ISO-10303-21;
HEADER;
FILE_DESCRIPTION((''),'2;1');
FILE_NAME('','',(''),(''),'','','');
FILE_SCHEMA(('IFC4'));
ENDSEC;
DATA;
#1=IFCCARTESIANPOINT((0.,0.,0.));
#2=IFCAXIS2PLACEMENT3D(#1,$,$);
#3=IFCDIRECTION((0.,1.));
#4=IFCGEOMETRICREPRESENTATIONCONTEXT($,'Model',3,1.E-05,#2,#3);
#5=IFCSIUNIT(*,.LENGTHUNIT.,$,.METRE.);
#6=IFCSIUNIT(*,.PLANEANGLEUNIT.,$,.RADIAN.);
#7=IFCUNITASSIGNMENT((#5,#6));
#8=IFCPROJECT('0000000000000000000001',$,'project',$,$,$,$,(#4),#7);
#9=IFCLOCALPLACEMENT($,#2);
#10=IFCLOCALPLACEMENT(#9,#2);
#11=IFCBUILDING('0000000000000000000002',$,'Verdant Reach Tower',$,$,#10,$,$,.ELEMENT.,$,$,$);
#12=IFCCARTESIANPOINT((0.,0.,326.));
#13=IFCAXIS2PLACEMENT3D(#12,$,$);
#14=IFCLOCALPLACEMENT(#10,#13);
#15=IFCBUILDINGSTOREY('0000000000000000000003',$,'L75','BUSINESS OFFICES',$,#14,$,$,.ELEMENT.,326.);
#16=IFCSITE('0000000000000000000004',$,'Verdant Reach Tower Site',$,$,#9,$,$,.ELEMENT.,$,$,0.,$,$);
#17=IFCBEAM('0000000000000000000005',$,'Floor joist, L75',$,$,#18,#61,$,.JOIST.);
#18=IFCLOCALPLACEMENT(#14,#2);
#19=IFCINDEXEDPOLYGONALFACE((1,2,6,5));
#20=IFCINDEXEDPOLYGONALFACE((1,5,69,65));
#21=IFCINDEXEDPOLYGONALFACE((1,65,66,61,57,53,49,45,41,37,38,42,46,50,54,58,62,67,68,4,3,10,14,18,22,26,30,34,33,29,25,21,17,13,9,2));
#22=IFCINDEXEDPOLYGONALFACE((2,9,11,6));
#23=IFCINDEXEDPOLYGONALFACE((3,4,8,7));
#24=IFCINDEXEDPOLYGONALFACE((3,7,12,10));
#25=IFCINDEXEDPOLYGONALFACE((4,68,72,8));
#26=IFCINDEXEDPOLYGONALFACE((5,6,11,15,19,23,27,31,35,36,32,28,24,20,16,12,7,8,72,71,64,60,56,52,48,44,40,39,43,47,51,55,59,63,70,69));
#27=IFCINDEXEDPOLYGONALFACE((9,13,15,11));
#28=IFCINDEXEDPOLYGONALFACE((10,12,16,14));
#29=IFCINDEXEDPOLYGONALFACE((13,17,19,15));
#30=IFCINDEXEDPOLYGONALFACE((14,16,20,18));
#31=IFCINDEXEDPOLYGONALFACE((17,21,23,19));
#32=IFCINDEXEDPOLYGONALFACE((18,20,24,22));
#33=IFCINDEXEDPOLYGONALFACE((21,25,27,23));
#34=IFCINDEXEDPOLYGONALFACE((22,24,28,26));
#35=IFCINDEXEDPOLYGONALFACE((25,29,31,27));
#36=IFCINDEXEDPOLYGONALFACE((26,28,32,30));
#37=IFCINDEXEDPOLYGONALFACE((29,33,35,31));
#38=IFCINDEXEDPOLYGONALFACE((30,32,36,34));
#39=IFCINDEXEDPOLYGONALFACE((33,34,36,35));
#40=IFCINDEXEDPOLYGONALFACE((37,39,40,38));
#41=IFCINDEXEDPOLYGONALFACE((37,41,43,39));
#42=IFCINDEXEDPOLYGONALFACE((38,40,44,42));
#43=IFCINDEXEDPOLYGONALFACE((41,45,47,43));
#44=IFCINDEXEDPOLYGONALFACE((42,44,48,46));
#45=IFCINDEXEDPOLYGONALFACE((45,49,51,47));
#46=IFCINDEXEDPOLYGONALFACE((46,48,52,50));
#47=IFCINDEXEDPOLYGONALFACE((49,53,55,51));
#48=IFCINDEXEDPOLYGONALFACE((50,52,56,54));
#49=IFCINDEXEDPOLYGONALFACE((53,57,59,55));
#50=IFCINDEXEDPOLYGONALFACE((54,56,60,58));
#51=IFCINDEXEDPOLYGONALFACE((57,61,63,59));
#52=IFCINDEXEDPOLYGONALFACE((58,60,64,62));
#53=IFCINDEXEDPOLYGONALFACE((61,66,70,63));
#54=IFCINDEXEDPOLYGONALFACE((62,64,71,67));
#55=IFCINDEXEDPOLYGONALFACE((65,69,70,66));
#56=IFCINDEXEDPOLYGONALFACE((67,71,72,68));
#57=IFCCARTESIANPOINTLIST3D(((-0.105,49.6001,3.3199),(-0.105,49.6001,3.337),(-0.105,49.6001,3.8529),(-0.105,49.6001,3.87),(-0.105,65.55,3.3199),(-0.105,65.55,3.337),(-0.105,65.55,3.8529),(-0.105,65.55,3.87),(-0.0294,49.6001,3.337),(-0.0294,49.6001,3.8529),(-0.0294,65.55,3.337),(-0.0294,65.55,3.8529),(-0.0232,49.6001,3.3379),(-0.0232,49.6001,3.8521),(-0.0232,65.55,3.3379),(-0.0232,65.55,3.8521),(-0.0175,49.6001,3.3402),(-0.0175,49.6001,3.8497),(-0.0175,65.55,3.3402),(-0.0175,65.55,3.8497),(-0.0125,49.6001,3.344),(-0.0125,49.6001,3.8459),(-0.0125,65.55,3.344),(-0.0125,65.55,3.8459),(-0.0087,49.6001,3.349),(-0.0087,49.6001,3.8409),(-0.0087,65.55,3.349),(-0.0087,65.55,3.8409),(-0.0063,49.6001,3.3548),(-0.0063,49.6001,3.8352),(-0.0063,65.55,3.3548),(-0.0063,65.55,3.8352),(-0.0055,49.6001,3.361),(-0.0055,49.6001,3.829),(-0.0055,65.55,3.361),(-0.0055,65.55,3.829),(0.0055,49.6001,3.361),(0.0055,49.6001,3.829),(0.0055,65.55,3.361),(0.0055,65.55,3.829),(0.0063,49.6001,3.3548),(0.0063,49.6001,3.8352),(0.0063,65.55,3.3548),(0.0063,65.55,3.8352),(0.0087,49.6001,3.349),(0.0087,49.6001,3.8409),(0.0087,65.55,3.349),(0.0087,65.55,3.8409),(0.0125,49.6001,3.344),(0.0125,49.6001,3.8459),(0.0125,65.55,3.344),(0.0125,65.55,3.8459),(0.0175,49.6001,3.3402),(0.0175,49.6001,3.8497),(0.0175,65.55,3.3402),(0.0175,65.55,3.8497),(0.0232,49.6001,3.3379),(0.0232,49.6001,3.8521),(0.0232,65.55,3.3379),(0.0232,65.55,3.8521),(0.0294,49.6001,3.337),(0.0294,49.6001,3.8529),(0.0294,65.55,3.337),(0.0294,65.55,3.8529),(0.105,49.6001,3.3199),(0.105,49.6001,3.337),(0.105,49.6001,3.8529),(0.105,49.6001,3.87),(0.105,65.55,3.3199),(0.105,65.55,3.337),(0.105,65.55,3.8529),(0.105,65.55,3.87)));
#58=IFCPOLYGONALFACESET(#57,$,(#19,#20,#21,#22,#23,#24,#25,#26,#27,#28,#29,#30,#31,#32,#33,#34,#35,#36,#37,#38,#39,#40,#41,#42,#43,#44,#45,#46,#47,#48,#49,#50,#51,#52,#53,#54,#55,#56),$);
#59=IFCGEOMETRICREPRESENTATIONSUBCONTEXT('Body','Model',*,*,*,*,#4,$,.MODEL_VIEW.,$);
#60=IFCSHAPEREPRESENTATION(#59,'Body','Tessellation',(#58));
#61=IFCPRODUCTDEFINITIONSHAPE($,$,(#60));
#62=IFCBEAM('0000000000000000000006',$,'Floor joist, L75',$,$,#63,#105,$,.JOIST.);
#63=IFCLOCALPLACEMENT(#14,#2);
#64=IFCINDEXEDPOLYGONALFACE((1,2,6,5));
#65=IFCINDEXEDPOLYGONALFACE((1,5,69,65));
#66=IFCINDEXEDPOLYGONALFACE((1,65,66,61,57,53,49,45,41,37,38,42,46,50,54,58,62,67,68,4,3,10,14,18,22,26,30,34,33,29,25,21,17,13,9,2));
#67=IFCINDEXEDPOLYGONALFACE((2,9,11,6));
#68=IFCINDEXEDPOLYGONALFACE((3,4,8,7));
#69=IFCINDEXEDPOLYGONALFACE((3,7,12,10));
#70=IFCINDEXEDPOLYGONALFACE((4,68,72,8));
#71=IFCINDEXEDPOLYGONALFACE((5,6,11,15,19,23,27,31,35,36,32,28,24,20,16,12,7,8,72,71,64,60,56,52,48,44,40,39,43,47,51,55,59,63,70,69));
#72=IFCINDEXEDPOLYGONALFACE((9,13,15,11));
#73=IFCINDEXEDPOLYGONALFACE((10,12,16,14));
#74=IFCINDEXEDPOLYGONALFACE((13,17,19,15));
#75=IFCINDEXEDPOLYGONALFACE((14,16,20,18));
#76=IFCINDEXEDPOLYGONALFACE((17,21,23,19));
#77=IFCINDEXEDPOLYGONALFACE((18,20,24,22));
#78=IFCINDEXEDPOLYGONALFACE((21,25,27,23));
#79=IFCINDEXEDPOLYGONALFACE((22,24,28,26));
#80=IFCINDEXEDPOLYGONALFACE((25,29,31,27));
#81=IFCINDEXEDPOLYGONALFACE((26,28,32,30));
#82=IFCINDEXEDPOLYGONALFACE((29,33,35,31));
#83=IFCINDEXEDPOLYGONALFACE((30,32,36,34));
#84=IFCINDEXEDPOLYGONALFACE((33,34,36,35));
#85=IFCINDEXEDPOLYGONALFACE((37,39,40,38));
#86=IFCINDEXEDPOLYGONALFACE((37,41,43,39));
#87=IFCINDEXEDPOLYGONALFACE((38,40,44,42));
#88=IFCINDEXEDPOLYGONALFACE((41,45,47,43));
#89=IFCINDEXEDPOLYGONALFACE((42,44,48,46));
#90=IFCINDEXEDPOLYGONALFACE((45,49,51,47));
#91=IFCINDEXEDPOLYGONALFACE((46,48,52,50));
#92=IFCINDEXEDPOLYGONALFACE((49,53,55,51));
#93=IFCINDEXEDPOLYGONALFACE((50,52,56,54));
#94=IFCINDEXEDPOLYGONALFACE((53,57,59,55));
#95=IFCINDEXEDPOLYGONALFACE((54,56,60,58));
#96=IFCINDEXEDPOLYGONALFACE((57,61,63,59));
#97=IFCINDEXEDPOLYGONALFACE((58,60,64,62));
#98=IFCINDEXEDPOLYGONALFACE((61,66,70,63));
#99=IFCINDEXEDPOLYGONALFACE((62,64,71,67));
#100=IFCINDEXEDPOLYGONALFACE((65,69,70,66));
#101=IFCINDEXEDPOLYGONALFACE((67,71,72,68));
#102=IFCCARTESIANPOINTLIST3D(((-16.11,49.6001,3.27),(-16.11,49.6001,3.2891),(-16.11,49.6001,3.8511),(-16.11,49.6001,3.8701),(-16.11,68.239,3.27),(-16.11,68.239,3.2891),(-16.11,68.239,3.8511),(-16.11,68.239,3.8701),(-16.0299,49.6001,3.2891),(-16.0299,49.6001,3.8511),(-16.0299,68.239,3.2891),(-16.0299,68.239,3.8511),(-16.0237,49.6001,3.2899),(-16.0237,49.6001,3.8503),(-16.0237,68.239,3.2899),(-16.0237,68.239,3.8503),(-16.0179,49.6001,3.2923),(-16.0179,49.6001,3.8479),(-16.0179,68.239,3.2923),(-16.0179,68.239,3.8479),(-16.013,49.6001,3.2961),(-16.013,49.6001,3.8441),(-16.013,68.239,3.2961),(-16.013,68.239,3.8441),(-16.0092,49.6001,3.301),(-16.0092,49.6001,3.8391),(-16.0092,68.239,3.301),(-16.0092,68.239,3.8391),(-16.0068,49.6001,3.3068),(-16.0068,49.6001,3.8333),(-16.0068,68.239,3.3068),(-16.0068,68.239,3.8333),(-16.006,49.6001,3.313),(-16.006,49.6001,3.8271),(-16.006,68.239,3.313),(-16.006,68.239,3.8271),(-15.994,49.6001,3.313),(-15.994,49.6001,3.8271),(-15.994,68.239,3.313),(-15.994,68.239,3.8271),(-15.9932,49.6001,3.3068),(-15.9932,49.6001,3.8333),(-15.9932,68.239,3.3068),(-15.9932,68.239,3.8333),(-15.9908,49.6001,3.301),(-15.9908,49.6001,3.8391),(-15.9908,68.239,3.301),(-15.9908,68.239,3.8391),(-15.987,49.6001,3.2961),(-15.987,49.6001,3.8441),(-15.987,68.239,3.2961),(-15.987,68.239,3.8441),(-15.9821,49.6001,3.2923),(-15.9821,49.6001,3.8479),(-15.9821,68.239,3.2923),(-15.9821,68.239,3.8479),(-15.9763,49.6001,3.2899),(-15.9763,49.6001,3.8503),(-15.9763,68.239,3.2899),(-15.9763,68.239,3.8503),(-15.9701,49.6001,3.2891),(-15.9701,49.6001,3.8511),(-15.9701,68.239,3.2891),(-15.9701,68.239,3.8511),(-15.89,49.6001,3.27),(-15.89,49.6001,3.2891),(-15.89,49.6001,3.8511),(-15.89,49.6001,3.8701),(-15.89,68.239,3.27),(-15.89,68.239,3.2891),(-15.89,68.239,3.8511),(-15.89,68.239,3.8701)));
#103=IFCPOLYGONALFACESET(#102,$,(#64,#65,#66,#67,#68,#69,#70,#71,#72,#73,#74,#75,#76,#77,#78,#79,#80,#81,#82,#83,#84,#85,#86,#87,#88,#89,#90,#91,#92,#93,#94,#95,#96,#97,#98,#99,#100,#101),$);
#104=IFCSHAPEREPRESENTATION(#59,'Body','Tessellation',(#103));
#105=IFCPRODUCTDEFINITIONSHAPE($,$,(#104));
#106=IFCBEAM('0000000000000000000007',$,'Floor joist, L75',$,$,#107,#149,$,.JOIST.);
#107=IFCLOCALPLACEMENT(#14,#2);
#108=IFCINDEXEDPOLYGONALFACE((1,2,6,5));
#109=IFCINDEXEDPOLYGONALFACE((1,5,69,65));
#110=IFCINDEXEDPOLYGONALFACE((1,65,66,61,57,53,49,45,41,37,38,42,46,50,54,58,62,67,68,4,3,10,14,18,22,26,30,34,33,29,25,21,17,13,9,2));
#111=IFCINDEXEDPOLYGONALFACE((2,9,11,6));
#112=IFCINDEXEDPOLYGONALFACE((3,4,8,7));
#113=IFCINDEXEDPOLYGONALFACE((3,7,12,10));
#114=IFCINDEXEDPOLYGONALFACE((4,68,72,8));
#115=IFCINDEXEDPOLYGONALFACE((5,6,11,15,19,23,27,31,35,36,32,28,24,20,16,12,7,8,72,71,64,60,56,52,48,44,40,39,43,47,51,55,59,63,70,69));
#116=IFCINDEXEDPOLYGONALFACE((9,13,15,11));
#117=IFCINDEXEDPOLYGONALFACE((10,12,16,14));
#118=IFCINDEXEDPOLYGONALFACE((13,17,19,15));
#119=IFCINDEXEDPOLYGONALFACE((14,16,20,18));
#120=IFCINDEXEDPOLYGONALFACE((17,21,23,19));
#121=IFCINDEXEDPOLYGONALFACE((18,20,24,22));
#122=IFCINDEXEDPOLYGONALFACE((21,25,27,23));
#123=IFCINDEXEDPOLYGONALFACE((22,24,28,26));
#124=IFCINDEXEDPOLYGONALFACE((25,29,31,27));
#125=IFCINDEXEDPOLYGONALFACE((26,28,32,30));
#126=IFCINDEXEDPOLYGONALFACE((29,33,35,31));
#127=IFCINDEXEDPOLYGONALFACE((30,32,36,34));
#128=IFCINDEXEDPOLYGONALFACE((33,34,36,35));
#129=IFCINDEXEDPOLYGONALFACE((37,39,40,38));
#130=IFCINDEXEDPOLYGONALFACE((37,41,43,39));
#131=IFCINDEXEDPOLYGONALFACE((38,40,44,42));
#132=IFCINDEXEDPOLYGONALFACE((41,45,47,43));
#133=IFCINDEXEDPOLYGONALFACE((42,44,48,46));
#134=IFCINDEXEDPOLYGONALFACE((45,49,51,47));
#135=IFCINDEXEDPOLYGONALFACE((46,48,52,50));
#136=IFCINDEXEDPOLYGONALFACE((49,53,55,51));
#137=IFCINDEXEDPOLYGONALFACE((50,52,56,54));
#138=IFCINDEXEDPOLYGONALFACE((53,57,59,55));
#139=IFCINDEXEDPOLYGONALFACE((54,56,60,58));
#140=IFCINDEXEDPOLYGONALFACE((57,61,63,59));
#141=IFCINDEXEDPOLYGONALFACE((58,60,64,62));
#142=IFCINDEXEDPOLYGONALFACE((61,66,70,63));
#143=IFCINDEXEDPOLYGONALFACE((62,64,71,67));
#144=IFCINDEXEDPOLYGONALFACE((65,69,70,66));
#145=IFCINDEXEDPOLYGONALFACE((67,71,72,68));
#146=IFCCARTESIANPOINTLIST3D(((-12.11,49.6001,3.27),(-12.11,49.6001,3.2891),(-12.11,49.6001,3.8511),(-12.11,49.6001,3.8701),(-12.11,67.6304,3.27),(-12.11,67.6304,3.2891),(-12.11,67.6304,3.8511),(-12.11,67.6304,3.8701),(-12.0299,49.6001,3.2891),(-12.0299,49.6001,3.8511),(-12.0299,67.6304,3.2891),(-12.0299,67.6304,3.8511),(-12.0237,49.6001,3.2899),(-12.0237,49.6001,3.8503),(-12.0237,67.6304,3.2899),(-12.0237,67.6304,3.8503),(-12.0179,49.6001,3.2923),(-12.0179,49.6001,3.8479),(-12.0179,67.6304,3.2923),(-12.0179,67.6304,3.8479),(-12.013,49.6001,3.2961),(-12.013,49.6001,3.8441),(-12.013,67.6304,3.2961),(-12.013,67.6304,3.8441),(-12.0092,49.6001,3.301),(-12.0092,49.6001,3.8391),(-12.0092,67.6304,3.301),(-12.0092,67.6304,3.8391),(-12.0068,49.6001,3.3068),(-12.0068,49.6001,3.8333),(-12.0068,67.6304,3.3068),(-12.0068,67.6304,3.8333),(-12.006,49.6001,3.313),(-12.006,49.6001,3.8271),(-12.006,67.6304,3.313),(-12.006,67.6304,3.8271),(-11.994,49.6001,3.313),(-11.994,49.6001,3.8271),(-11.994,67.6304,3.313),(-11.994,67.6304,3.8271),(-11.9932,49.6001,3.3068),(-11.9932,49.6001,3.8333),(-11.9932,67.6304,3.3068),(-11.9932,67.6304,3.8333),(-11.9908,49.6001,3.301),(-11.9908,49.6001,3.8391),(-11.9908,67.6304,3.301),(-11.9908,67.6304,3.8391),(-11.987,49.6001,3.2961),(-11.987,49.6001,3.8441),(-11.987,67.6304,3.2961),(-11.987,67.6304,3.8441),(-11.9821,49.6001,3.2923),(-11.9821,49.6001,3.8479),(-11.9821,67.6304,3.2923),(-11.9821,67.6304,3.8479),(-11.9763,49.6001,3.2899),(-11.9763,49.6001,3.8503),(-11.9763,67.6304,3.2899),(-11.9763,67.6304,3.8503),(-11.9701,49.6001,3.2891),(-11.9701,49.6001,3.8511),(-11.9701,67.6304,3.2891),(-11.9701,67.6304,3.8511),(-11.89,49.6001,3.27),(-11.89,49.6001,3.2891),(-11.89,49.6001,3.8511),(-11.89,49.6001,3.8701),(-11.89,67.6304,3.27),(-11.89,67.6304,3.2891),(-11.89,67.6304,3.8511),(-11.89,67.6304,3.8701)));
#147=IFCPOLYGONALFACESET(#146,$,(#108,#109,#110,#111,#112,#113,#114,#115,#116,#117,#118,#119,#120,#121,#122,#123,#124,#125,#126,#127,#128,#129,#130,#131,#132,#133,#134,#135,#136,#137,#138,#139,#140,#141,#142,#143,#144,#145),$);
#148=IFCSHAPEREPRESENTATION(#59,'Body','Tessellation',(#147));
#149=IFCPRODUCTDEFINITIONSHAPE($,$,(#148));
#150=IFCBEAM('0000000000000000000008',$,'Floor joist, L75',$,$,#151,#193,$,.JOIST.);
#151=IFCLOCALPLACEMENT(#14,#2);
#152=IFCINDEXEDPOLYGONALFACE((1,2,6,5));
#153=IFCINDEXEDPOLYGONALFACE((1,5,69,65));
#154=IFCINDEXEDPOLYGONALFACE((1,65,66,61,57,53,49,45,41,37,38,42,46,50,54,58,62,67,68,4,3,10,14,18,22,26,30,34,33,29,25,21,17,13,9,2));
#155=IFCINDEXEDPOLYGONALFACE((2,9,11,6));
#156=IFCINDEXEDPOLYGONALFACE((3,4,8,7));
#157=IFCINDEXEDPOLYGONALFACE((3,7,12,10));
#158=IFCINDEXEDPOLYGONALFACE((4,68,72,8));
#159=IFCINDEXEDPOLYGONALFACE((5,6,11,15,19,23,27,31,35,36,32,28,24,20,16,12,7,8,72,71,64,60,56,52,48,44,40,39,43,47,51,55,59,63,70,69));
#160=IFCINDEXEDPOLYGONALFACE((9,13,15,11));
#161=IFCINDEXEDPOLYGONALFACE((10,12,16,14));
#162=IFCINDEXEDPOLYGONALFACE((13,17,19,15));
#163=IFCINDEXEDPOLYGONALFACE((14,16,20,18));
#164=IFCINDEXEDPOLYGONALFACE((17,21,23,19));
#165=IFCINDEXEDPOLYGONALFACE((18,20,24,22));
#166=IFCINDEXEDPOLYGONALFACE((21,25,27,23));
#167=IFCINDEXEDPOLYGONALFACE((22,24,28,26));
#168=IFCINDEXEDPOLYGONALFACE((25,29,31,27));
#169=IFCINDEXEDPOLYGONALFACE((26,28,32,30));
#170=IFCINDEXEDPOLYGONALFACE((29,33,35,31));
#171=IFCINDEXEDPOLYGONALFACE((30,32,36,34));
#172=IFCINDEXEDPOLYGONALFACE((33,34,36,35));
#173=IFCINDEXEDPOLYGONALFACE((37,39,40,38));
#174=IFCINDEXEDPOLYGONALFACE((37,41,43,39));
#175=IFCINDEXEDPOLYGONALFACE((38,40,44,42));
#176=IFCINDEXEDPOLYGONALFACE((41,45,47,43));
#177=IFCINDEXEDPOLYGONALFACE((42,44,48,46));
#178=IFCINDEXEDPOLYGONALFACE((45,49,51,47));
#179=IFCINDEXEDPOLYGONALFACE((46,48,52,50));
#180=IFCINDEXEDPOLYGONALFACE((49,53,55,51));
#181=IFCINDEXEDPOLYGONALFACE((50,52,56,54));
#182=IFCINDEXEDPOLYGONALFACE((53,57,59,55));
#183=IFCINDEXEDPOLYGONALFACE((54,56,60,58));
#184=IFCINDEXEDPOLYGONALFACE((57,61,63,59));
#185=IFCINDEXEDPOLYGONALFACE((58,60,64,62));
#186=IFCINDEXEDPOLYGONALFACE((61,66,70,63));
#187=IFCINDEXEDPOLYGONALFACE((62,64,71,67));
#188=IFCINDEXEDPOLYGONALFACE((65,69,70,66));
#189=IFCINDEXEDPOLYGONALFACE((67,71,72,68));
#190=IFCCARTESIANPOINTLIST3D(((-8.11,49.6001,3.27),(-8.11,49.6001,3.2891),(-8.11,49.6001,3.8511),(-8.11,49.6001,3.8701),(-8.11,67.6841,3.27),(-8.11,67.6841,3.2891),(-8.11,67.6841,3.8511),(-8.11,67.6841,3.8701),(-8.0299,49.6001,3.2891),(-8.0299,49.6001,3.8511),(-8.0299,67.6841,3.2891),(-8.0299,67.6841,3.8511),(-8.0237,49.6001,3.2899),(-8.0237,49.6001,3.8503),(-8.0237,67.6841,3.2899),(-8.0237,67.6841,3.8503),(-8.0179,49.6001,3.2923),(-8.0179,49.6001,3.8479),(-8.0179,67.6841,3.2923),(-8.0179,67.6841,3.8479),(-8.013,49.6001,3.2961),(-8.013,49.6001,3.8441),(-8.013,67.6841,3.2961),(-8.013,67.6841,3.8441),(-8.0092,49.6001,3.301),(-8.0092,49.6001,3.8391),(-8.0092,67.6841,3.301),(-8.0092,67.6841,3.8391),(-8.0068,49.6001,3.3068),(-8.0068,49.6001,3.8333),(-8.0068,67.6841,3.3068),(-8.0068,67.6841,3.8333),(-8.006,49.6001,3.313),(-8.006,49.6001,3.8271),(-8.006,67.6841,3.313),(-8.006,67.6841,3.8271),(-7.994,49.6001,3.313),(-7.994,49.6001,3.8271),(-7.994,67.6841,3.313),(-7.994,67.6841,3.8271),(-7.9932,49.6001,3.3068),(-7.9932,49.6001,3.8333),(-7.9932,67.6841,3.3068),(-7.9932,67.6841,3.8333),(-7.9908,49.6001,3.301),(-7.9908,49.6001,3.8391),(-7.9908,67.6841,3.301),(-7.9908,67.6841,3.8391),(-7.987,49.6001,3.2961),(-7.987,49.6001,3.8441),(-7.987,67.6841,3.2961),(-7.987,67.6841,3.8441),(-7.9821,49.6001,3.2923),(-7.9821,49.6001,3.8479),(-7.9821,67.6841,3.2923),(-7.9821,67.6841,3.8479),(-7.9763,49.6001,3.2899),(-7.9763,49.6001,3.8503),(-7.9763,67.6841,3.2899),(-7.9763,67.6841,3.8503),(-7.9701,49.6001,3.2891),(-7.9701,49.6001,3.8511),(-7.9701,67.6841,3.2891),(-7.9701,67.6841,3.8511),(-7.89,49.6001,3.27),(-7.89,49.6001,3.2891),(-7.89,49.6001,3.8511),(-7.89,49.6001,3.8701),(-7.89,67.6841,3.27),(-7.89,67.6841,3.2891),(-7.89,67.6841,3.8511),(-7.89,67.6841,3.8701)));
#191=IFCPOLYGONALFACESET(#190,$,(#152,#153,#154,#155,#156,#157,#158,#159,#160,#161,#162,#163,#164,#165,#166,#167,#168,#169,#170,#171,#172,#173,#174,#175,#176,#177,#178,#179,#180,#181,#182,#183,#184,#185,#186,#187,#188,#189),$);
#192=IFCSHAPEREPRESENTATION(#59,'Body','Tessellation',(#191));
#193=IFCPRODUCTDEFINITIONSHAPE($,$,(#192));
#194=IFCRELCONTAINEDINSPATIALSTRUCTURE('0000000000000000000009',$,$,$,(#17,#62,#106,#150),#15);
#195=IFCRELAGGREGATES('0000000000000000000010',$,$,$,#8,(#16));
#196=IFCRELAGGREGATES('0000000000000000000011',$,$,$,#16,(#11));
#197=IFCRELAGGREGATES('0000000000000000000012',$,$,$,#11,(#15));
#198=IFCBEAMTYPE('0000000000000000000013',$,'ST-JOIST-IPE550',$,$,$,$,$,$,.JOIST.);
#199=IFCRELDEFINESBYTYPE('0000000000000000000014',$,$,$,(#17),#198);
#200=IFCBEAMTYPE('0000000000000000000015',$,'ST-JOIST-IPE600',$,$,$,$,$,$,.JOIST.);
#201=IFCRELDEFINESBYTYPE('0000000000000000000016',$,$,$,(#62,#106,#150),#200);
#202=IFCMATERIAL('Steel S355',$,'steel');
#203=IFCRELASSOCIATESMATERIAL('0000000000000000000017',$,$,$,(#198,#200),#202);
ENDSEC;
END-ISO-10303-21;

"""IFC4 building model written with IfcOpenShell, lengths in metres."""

from ifc_helpers import new_model, si_unit, direction, frame, origin, origin_2d, place, context, subcontext, project, spatial, i_section, extrude, material, material_profile, profile_set, type_object, element, save


model = new_model("IFC4")

# Units and contexts
model_context = context("Model", 3, precision=1e-05, world=origin(), true_north=direction((0.0, 1.0)))
body_context = subcontext(model_context, "Body", "Model", "MODEL_VIEW")
ifc_project = project(units=[si_unit("LENGTHUNIT", "METRE"), si_unit("PLANEANGLEUNIT", "RADIAN")], contexts=[model_context])

# Site, building, storey
site_placement = place(None, origin())
site = spatial("IfcSite", under=ifc_project, at=site_placement, Name="Verdant Reach Tower Site", CompositionType="ELEMENT", RefElevation=0.0)
building_placement = place(site_placement, origin())
building = spatial("IfcBuilding", under=site, at=building_placement, Name="Verdant Reach Tower", CompositionType="ELEMENT")
storey_placement = place(building_placement, frame((0.0, 0.0, 326.0)))
storey = spatial("IfcBuildingStorey", under=building, at=storey_placement, Name="L75", Description="BUSINESS OFFICES", CompositionType="ELEMENT", Elevation=326.0)

# Beams
ifc_material_1 = material(Name="Steel S355", Category="steel")
ifc_material_profile_1 = material_profile(ifc_material_1, i_section(OverallWidth=0.21, OverallDepth=0.55, WebThickness=0.011, FlangeThickness=0.0171, FilletRadius=0.0239, at=origin_2d()), Name="IPE 550")
ifc_profile_set_1 = profile_set([ifc_material_profile_1], Name="Steel S355")
beam_type_1 = type_object("IfcBeamType", Name="ST-JOIST-IPE550", PredefinedType="JOIST", material=ifc_profile_set_1)
beam_1_placement = place(storey_placement, frame((0.0, 49.6001, 3.595), z_axis=(0.0, 1.0, 0.0), x_axis=(-1.0, 0.0, 0.0)))
element("IfcBeam", 1, at=beam_1_placement, inside=storey, type_object=beam_type_1, Name="Floor joist, L75", PredefinedType="JOIST", context=body_context, shape_type="SweptSolid", body=[
    extrude(i_section(OverallWidth=0.21, OverallDepth=0.55, WebThickness=0.011, FlangeThickness=0.0171, FilletRadius=0.0239, at=origin_2d()), origin(), (0.0, 0.0, 1.0), 15.95),
])
ifc_material_profile_2 = material_profile(ifc_material_1, i_section(OverallWidth=0.22, OverallDepth=0.6001, WebThickness=0.012, FlangeThickness=0.019, FilletRadius=0.0239, at=origin_2d()), Name="IPE 600")
ifc_profile_set_2 = profile_set([ifc_material_profile_2], Name="Steel S355")
beam_type_2 = type_object("IfcBeamType", Name="ST-JOIST-IPE600", PredefinedType="JOIST", material=ifc_profile_set_2)
beam_2_placement = place(storey_placement, frame((-16.0, 49.6001, 3.5701), z_axis=(0.0, 1.0, 0.0), x_axis=(-1.0, 0.0, 0.0)))
element("IfcBeam", 2, at=beam_2_placement, inside=storey, type_object=beam_type_2, Name="Floor joist, L75", PredefinedType="JOIST", context=body_context, shape_type="SweptSolid", body=[
    extrude(i_section(OverallWidth=0.22, OverallDepth=0.6001, WebThickness=0.012, FlangeThickness=0.019, FilletRadius=0.0239, at=origin_2d()), origin(), (0.0, 0.0, 1.0), 18.6389),
])
beam_3_placement = place(storey_placement, frame((-12.0, 49.6001, 3.5701), z_axis=(0.0, 1.0, 0.0), x_axis=(-1.0, 0.0, 0.0)))
element("IfcBeam", 3, at=beam_3_placement, inside=storey, type_object=beam_type_2, Name="Floor joist, L75", PredefinedType="JOIST", context=body_context, shape_type="SweptSolid", body=[
    extrude(i_section(OverallWidth=0.22, OverallDepth=0.6001, WebThickness=0.012, FlangeThickness=0.019, FilletRadius=0.0239, at=origin_2d()), origin(), (0.0, 0.0, 1.0), 18.0303),
])
beam_4_placement = place(storey_placement, frame((-8.0, 49.6001, 3.5701), z_axis=(0.0, 1.0, 0.0), x_axis=(-1.0, 0.0, 0.0)))
element("IfcBeam", 4, at=beam_4_placement, inside=storey, type_object=beam_type_2, Name="Floor joist, L75", PredefinedType="JOIST", context=body_context, shape_type="SweptSolid", body=[
    extrude(i_section(OverallWidth=0.22, OverallDepth=0.6001, WebThickness=0.012, FlangeThickness=0.019, FilletRadius=0.0239, at=origin_2d()), origin(), (0.0, 0.0, 1.0), 18.084),
])

save(model, "model.ifc")
